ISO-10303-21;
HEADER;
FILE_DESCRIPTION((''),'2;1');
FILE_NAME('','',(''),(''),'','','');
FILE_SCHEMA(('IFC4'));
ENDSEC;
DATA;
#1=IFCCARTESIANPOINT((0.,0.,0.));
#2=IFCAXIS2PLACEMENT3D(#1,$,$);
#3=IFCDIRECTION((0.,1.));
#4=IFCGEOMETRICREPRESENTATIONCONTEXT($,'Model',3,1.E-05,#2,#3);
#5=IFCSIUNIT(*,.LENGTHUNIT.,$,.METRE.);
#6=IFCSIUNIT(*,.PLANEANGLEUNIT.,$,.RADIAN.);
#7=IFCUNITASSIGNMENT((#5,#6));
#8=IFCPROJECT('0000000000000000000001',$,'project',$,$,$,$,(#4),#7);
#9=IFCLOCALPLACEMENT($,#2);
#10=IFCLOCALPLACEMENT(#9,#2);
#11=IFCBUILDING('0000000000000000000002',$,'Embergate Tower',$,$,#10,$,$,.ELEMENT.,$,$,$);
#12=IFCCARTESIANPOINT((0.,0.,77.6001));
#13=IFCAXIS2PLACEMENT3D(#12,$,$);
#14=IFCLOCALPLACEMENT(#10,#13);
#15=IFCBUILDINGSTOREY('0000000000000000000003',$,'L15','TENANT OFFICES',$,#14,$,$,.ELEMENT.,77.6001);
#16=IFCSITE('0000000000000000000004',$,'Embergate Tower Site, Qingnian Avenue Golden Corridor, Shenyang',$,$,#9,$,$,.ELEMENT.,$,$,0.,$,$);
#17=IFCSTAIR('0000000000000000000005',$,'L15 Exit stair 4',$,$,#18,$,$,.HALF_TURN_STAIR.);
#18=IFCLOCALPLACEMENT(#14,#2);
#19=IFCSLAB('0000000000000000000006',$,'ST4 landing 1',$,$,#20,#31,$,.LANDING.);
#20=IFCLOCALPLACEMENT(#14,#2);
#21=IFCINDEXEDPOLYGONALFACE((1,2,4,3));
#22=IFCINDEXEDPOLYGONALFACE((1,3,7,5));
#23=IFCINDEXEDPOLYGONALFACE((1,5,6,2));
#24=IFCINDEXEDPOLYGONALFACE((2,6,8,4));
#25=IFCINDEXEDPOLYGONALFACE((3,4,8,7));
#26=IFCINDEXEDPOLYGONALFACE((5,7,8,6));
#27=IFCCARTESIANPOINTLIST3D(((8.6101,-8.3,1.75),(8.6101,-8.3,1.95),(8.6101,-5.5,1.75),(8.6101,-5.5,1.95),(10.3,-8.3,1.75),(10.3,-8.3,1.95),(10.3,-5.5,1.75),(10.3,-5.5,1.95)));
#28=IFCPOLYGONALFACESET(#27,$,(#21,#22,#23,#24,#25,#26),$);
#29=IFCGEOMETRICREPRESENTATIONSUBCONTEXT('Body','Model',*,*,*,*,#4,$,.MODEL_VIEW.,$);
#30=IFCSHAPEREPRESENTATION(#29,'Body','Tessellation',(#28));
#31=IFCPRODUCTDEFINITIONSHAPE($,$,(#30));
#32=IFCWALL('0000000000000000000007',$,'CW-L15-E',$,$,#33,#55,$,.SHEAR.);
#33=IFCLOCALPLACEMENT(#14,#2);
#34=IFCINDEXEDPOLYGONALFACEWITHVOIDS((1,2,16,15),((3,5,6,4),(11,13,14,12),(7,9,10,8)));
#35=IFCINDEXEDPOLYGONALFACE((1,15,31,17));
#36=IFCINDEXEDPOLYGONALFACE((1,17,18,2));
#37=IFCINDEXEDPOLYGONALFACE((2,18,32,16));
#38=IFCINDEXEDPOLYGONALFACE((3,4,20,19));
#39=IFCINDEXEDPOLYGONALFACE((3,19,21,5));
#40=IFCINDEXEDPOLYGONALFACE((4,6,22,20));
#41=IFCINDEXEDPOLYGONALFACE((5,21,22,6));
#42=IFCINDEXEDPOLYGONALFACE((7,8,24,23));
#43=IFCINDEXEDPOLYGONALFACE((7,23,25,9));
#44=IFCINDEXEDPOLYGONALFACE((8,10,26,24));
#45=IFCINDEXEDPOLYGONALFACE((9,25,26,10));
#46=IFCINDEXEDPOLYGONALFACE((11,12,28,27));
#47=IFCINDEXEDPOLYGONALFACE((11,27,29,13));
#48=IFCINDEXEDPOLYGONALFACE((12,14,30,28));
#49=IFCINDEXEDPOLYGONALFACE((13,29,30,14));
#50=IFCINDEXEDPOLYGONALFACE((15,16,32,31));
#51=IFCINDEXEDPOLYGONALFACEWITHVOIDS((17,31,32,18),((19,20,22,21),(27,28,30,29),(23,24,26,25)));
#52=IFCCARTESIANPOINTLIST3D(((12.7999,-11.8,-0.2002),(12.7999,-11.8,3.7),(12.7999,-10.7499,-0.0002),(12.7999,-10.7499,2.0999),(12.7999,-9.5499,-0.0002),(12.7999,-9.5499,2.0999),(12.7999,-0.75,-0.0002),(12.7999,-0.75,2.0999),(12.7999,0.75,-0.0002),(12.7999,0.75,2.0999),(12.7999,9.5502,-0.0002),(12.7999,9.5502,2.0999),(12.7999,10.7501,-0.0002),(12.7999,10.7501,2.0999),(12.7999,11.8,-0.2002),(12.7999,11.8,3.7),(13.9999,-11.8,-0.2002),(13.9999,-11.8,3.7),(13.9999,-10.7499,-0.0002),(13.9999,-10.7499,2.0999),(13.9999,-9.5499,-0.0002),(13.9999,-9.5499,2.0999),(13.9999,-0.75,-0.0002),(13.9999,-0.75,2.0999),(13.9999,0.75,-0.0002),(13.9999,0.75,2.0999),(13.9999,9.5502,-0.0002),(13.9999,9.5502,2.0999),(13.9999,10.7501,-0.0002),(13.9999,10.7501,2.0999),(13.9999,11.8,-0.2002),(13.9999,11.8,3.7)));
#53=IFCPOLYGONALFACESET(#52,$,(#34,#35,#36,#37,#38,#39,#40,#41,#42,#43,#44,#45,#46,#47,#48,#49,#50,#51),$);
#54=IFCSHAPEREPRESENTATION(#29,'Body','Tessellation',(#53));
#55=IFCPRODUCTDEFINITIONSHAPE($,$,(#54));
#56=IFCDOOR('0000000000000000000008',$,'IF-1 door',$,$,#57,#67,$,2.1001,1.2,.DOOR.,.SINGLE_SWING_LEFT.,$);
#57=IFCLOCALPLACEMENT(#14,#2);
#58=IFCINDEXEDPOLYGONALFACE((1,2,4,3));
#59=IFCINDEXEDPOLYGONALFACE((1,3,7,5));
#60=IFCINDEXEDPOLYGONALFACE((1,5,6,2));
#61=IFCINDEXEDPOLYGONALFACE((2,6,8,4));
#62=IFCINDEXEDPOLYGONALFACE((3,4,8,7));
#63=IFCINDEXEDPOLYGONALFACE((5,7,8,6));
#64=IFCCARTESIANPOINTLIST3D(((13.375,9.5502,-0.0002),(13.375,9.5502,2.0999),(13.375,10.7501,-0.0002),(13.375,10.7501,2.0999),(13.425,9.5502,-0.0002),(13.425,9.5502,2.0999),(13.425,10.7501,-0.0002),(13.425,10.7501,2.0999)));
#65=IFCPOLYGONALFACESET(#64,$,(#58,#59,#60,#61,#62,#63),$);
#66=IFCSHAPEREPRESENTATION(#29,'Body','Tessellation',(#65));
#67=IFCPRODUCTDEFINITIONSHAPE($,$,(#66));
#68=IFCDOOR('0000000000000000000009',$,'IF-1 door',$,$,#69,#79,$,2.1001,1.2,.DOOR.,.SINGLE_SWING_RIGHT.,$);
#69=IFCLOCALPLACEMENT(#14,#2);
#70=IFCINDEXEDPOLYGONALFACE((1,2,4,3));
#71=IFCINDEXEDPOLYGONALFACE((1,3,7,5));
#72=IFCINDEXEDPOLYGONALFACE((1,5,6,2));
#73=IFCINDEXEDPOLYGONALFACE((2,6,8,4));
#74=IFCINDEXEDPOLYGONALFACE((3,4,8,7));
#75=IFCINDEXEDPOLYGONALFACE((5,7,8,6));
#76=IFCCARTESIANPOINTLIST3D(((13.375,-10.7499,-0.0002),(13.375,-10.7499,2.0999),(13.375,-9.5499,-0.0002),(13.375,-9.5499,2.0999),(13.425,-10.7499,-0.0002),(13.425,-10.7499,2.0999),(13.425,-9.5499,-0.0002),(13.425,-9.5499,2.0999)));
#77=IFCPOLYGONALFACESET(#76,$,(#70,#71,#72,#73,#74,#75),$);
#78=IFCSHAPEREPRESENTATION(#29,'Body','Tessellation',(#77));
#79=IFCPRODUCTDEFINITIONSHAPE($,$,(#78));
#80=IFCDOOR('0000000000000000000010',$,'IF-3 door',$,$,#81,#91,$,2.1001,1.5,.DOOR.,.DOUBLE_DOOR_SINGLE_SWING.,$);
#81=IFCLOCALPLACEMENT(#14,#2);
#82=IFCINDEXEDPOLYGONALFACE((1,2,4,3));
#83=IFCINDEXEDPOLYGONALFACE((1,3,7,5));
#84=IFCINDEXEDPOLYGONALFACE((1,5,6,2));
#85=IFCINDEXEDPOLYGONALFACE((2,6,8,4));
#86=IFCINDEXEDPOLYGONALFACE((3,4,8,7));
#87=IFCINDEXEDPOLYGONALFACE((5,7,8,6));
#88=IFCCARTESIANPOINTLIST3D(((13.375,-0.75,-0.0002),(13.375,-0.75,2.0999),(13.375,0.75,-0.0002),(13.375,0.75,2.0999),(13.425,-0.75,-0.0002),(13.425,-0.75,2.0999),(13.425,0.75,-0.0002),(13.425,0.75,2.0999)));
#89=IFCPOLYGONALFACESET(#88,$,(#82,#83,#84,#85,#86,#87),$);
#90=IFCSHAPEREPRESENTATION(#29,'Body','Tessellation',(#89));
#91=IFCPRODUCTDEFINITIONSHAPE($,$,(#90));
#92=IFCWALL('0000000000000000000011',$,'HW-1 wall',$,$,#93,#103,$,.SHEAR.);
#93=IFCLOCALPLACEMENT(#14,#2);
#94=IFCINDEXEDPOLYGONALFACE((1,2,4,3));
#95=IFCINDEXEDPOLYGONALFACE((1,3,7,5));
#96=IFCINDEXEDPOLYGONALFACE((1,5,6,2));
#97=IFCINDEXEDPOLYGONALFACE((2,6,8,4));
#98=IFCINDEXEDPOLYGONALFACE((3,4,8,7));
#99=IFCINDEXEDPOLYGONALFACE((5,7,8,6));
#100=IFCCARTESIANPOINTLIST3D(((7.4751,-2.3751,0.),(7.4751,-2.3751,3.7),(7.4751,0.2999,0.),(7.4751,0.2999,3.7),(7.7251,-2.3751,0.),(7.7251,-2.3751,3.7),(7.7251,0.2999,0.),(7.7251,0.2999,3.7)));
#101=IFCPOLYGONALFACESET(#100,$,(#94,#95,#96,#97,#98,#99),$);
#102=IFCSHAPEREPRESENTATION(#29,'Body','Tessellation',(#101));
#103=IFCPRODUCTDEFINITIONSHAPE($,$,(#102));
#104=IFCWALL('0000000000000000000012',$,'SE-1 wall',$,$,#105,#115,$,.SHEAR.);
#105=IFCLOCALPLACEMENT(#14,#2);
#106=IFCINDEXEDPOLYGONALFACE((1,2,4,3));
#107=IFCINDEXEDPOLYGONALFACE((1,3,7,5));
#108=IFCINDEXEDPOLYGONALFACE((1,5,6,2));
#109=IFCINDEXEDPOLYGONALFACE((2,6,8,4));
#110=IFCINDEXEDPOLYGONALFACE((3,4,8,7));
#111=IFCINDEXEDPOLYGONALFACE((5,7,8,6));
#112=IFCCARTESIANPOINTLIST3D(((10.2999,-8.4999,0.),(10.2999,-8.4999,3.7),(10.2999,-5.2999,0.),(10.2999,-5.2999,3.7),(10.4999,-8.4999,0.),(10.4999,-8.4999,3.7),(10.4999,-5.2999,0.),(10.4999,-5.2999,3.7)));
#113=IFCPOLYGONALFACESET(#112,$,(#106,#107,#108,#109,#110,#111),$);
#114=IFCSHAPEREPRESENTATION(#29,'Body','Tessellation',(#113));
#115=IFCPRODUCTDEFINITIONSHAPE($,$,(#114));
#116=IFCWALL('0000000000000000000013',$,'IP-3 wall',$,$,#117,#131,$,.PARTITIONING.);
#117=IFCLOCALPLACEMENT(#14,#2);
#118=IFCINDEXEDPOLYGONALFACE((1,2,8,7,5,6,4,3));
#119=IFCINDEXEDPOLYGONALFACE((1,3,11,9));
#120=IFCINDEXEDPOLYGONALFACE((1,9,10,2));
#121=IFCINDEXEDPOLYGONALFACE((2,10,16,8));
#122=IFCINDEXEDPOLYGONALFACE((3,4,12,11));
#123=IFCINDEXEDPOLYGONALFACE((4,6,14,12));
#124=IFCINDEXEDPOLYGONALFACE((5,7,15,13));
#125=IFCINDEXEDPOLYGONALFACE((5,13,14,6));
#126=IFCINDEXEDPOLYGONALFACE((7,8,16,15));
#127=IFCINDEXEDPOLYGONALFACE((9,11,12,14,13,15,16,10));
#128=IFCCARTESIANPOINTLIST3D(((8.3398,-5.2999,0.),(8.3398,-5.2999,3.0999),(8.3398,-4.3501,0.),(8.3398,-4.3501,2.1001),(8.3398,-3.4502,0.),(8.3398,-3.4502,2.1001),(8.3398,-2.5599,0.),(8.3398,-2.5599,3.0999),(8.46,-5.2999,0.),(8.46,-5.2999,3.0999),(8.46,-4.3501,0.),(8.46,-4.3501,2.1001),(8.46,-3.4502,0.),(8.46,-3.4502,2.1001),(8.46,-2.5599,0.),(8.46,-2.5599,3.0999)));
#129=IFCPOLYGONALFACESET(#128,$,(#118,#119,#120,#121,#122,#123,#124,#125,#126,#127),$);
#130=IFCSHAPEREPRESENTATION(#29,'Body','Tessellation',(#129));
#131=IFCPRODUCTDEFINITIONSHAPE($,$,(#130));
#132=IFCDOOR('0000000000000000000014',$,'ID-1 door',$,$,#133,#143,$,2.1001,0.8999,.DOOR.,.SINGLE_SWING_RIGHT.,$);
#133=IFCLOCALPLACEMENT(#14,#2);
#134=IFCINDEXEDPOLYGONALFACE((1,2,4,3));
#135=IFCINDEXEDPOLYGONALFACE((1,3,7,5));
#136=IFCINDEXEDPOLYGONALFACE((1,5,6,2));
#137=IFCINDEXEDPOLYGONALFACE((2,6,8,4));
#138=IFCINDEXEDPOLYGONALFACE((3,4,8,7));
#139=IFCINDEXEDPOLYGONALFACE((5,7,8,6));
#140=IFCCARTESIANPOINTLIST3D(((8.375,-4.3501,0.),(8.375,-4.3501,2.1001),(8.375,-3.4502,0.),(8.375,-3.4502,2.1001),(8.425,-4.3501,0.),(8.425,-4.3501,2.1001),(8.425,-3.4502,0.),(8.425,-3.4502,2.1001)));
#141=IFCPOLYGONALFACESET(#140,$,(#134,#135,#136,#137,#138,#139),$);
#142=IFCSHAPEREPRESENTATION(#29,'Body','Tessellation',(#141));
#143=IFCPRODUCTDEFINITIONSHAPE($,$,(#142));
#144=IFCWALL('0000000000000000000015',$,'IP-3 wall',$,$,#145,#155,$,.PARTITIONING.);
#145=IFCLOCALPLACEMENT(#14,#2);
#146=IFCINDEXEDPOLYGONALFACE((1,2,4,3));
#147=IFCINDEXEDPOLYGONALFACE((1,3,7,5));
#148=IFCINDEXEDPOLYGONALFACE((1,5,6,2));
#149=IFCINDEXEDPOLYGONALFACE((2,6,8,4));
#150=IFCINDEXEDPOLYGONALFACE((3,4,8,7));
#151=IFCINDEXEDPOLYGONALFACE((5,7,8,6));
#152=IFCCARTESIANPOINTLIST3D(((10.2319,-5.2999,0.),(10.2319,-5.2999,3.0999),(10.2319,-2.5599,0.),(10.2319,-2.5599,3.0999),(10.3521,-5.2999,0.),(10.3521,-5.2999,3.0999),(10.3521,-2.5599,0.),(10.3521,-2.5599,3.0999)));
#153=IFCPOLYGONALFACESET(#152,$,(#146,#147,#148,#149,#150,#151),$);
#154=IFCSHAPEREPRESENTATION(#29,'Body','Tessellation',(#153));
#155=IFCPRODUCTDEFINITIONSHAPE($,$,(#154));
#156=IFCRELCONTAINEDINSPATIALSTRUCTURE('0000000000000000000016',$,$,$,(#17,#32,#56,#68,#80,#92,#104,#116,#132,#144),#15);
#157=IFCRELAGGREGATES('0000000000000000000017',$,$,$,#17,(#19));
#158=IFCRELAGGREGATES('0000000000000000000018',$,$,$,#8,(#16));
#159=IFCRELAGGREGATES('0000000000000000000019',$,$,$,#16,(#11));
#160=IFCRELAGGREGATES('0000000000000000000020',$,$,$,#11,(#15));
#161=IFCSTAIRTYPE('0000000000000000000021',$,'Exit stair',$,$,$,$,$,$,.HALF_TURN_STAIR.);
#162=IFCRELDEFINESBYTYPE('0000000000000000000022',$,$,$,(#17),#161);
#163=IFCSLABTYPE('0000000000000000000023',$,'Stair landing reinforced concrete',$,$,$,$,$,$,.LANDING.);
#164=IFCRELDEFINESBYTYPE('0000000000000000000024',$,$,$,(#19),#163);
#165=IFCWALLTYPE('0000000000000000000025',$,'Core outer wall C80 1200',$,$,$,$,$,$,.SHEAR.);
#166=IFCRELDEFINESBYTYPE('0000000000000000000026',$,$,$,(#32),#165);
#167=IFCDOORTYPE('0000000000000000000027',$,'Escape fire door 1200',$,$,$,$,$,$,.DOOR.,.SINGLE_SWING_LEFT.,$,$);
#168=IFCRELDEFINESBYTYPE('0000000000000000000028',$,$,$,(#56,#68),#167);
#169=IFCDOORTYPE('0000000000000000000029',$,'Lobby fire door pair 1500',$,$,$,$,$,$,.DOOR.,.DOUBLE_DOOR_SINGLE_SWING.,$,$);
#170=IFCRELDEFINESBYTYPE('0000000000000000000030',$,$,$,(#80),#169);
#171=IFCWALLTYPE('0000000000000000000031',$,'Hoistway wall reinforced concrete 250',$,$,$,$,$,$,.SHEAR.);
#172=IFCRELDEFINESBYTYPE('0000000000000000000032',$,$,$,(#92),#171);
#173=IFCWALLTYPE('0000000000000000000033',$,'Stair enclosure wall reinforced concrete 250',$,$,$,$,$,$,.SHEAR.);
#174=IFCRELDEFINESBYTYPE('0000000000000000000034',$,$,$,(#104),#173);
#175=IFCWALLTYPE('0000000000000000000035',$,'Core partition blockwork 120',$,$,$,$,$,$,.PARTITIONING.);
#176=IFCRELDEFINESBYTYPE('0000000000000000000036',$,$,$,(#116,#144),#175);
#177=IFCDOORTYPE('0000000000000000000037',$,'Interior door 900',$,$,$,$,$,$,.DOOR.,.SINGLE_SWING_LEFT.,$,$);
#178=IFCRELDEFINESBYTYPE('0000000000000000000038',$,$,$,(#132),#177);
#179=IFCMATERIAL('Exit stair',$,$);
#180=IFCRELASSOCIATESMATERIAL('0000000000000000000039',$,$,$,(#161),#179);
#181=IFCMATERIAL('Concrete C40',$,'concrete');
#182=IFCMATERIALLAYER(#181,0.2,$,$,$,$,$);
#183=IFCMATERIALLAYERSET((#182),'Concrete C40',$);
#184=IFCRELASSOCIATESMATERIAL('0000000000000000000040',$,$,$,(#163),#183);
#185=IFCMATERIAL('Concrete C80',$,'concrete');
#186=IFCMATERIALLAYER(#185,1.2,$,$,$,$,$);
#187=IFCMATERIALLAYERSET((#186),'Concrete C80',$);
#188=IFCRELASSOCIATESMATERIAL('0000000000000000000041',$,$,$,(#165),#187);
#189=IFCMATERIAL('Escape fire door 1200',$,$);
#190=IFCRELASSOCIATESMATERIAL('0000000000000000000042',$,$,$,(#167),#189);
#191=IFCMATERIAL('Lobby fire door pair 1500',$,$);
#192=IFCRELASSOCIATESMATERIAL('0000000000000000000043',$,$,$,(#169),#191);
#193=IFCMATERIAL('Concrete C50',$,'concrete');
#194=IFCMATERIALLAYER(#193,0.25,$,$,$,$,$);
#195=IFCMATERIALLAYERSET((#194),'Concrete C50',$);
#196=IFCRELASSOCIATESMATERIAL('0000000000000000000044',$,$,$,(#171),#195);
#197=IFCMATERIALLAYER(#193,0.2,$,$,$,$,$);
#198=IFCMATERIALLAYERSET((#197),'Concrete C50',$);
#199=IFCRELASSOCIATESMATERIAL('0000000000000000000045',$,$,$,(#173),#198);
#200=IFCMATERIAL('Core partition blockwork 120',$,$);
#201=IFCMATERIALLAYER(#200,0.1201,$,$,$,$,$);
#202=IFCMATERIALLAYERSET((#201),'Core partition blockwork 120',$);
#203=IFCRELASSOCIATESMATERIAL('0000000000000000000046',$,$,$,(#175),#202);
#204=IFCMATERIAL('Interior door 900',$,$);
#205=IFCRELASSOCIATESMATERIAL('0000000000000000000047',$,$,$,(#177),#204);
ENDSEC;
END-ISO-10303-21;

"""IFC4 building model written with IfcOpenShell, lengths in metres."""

from ifc_helpers import new_model, si_unit, direction, frame, frame_2d, origin, place, context, subcontext, project, spatial, polyline, rectangle, outline, extrude, source, transform, mapped, material, layer, layer_set, type_object, element, fill, aggregate, save


model = new_model("IFC4")

# Units and contexts
model_context = context("Model", 3, precision=1e-05, world=origin(), true_north=direction((0.0, 1.0)))
body_context = subcontext(model_context, "Body", "Model", "MODEL_VIEW")
ifc_project = project(units=[si_unit("LENGTHUNIT", "METRE"), si_unit("PLANEANGLEUNIT", "RADIAN")], contexts=[model_context])

# Site, building, storey
site_placement = place(None, origin())
site = spatial("IfcSite", under=ifc_project, at=site_placement, Name="Embergate Tower Site, Qingnian Avenue Golden Corridor, Shenyang", CompositionType="ELEMENT", RefElevation=0.0)
building_placement = place(site_placement, origin())
building = spatial("IfcBuilding", under=site, at=building_placement, Name="Embergate Tower", CompositionType="ELEMENT")
storey_placement = place(building_placement, frame((0.0, 0.0, 77.6001)))
storey = spatial("IfcBuildingStorey", under=building, at=storey_placement, Name="L15", Description="TENANT OFFICES", CompositionType="ELEMENT", Elevation=77.6001)

# Stair, slab
ifc_material_1 = material(Name="Exit stair")
stair_type = type_object("IfcStairType", Name="Exit stair", PredefinedType="HALF_TURN_STAIR", material=ifc_material_1)
stair_placement = place(storey_placement, origin())
stair = element("IfcStair", 1, at=stair_placement, inside=storey, type_object=stair_type, Name="L15 Exit stair 4", PredefinedType="HALF_TURN_STAIR")
ifc_material_2 = material(Name="Concrete C40", Category="concrete")
ifc_layer_1 = layer(ifc_material_2, 0.2)
ifc_layer_set_1 = layer_set([ifc_layer_1], Name="Concrete C40")
slab_type = type_object("IfcSlabType", Name="Stair landing reinforced concrete", PredefinedType="LANDING", material=ifc_layer_set_1)
shared_shape_1 = source(origin(), body_context, "Body", "SweptSolid", [
    extrude(outline(polyline([(0.0, 0.0), (1.6899, 0.0), (1.6899, 2.8), (0.0, 2.8), (0.0, 0.0)])), origin(), (0.0, 0.0, 1.0), 0.2),
])
slab_placement = place(storey_placement, frame((8.6101, -8.3, 1.75)))
slab = element("IfcSlab", 2, at=slab_placement, type_object=slab_type, Name="ST4 landing 1", PredefinedType="LANDING", context=body_context, shape_type="MappedRepresentation", body=[
    mapped(shared_shape_1, transform((0.0, 0.0, 0.0))),
])

# Wall, openings, doors
ifc_material_3 = material(Name="Concrete C80", Category="concrete")
ifc_layer_2 = layer(ifc_material_3, 1.2)
ifc_layer_set_2 = layer_set([ifc_layer_2], Name="Concrete C80")
wall_type_1 = type_object("IfcWallType", Name="Core outer wall C80 1200", PredefinedType="SHEAR", material=ifc_layer_set_2)
shared_shape_2 = source(origin(), body_context, "Body", "SweptSolid", [
    extrude(rectangle(XDim=23.6001, YDim=1.2, at=frame_2d((11.8, 0.0))), origin(), (0.0, 0.0, 1.0), 3.9001),
])
wall_1_placement = place(storey_placement, frame((13.3999, -11.8, -0.2002), z_axis=(0.0, 0.0, 1.0), x_axis=(0.0, 1.0, 0.0)))
wall_1 = element("IfcWall", 3, at=wall_1_placement, inside=storey, type_object=wall_type_1, Name="CW-L15-E", PredefinedType="SHEAR", context=body_context, shape_type="MappedRepresentation", body=[
    mapped(shared_shape_2, transform((0.0, 0.0, 0.0))),
])
shared_shape_3 = source(origin(), body_context, "Body", "SweptSolid", [
    extrude(rectangle(XDim=1.2, YDim=2.1001, at=frame_2d((0.6001, 1.05))), frame((0.0, 0.6099, 0.0), z_axis=(0.0, -1.0, 0.0), x_axis=(1.0, 0.0, 0.0)), (0.0, 0.0, 1.0), 1.22),
])
opening_1_placement = place(wall_1_placement, frame((21.3501, 0.0, 0.2)))
opening_1 = element("IfcOpeningElement", 4, at=opening_1_placement, cuts=wall_1, PredefinedType="OPENING", context=body_context, shape_type="MappedRepresentation", body=[
    mapped(shared_shape_3, transform((0.0, 0.0, 0.0))),
])
opening_2_placement = place(wall_1_placement, frame((1.05, 0.0, 0.2)))
opening_2 = element("IfcOpeningElement", 5, at=opening_2_placement, cuts=wall_1, PredefinedType="OPENING", context=body_context, shape_type="MappedRepresentation", body=[
    mapped(shared_shape_3, transform((0.0, 0.0, 0.0))),
])
shared_shape_4 = source(origin(), body_context, "Body", "SweptSolid", [
    extrude(rectangle(XDim=1.5, YDim=2.1001, at=frame_2d((0.75, 1.05))), frame((0.0, 0.6099, 0.0), z_axis=(0.0, -1.0, 0.0), x_axis=(1.0, 0.0, 0.0)), (0.0, 0.0, 1.0), 1.22),
])
opening_3_placement = place(wall_1_placement, frame((11.05, 0.0, 0.2)))
opening_3 = element("IfcOpeningElement", 6, at=opening_3_placement, cuts=wall_1, PredefinedType="OPENING", context=body_context, shape_type="MappedRepresentation", body=[
    mapped(shared_shape_4, transform((0.0, 0.0, 0.0))),
])
ifc_material_4 = material(Name="Escape fire door 1200")
door_type_1 = type_object("IfcDoorType", Name="Escape fire door 1200", OperationType="SINGLE_SWING_LEFT", PredefinedType="DOOR", material=ifc_material_4)
shared_shape_5 = source(origin(), body_context, "Body", "SweptSolid", [
    extrude(rectangle(XDim=1.2, YDim=2.1001, at=frame_2d((0.6001, 1.05))), frame((0.0, 0.0249, 0.0), z_axis=(0.0, -1.0, 0.0), x_axis=(1.0, 0.0, 0.0)), (0.0, 0.0, 1.0), 0.05),
])
door_1_placement = place(opening_1_placement, origin())
door_1 = element("IfcDoor", 7, at=door_1_placement, inside=storey, type_object=door_type_1, Name="IF-1 door", OperationType="SINGLE_SWING_LEFT", OverallHeight=2.1001, OverallWidth=1.2, PredefinedType="DOOR", context=body_context, shape_type="MappedRepresentation", body=[
    mapped(shared_shape_5, transform((0.0, 0.0, 0.0))),
])
fill(opening_1, door_1)
door_2_placement = place(opening_2_placement, origin())
door_2 = element("IfcDoor", 8, at=door_2_placement, inside=storey, type_object=door_type_1, Name="IF-1 door", OperationType="SINGLE_SWING_RIGHT", OverallHeight=2.1001, OverallWidth=1.2, PredefinedType="DOOR", context=body_context, shape_type="MappedRepresentation", body=[
    mapped(shared_shape_5, transform((0.0, 0.0, 0.0))),
])
fill(opening_2, door_2)
ifc_material_5 = material(Name="Lobby fire door pair 1500")
door_type_2 = type_object("IfcDoorType", Name="Lobby fire door pair 1500", OperationType="DOUBLE_DOOR_SINGLE_SWING", PredefinedType="DOOR", material=ifc_material_5)
shared_shape_6 = source(origin(), body_context, "Body", "SweptSolid", [
    extrude(rectangle(XDim=1.5, YDim=2.1001, at=frame_2d((0.75, 1.05))), frame((0.0, 0.0249, 0.0), z_axis=(0.0, -1.0, 0.0), x_axis=(1.0, 0.0, 0.0)), (0.0, 0.0, 1.0), 0.05),
])
door_3_placement = place(opening_3_placement, origin())
door_3 = element("IfcDoor", 9, at=door_3_placement, inside=storey, type_object=door_type_2, Name="IF-3 door", OperationType="DOUBLE_DOOR_SINGLE_SWING", OverallHeight=2.1001, OverallWidth=1.5, PredefinedType="DOOR", context=body_context, shape_type="MappedRepresentation", body=[
    mapped(shared_shape_6, transform((0.0, 0.0, 0.0))),
])
fill(opening_3, door_3)

# Walls
ifc_material_6 = material(Name="Concrete C50", Category="concrete")
ifc_layer_3 = layer(ifc_material_6, 0.25)
ifc_layer_set_3 = layer_set([ifc_layer_3], Name="Concrete C50")
wall_type_2 = type_object("IfcWallType", Name="Hoistway wall reinforced concrete 250", PredefinedType="SHEAR", material=ifc_layer_set_3)
shared_shape_7 = source(origin(), body_context, "Body", "SweptSolid", [
    extrude(rectangle(XDim=2.675, YDim=0.25, at=frame_2d((1.3374, 0.0))), origin(), (0.0, 0.0, 1.0), 3.7),
])
wall_2_placement = place(storey_placement, frame((7.6001, -2.375, 0.0), z_axis=(0.0, 0.0, 1.0), x_axis=(0.0, 1.0, 0.0)))
element("IfcWall", 10, at=wall_2_placement, inside=storey, type_object=wall_type_2, Name="HW-1 wall", PredefinedType="SHEAR", context=body_context, shape_type="MappedRepresentation", body=[
    mapped(shared_shape_7, transform((0.0, 0.0, 0.0))),
])
ifc_layer_4 = layer(ifc_material_6, 0.2)
ifc_layer_set_4 = layer_set([ifc_layer_4], Name="Concrete C50")
wall_type_3 = type_object("IfcWallType", Name="Stair enclosure wall reinforced concrete 250", PredefinedType="SHEAR", material=ifc_layer_set_4)
shared_shape_8 = source(origin(), body_context, "Body", "SweptSolid", [
    extrude(rectangle(XDim=3.2, YDim=0.2, at=frame_2d((1.6001, 0.0))), origin(), (0.0, 0.0, 1.0), 3.7),
])
wall_3_placement = place(storey_placement, frame((10.3999, -8.5, 0.0), z_axis=(0.0, 0.0, 1.0), x_axis=(0.0, 1.0, 0.0)))
element("IfcWall", 11, at=wall_3_placement, inside=storey, type_object=wall_type_3, Name="SE-1 wall", PredefinedType="SHEAR", context=body_context, shape_type="MappedRepresentation", body=[
    mapped(shared_shape_8, transform((0.0, 0.0, 0.0))),
])

# Wall, opening, door
ifc_material_7 = material(Name="Core partition blockwork 120")
ifc_layer_5 = layer(ifc_material_7, 0.1201)
ifc_layer_set_5 = layer_set([ifc_layer_5], Name="Core partition blockwork 120")
wall_type_4 = type_object("IfcWallType", Name="Core partition blockwork 120", PredefinedType="PARTITIONING", material=ifc_layer_set_5)
shared_shape_9 = source(origin(), body_context, "Body", "SweptSolid", [
    extrude(rectangle(XDim=2.74, YDim=0.1201, at=frame_2d((1.3701, 0.0))), origin(), (0.0, 0.0, 1.0), 3.0999),
])
wall_4_placement = place(storey_placement, frame((8.3999, -5.3, 0.0), z_axis=(0.0, 0.0, 1.0), x_axis=(0.0, 1.0, 0.0)))
wall_4 = element("IfcWall", 12, at=wall_4_placement, inside=storey, type_object=wall_type_4, Name="IP-3 wall", PredefinedType="PARTITIONING", context=body_context, shape_type="MappedRepresentation", body=[
    mapped(shared_shape_9, transform((0.0, 0.0, 0.0))),
])
shared_shape_10 = source(origin(), body_context, "Body", "SweptSolid", [
    extrude(rectangle(XDim=0.8999, YDim=2.1001, at=frame_2d((0.45, 1.05))), frame((0.0, 0.0701, 0.0), z_axis=(0.0, -1.0, 0.0), x_axis=(1.0, 0.0, 0.0)), (0.0, 0.0, 1.0), 0.1401),
])
opening_4_placement = place(wall_4_placement, frame((0.95, 0.0, 0.0)))
opening_4 = element("IfcOpeningElement", 13, at=opening_4_placement, cuts=wall_4, PredefinedType="OPENING", context=body_context, shape_type="MappedRepresentation", body=[
    mapped(shared_shape_10, transform((0.0, 0.0, 0.0))),
])
ifc_material_8 = material(Name="Interior door 900")
door_type_3 = type_object("IfcDoorType", Name="Interior door 900", OperationType="SINGLE_SWING_LEFT", PredefinedType="DOOR", material=ifc_material_8)
shared_shape_11 = source(origin(), body_context, "Body", "SweptSolid", [
    extrude(rectangle(XDim=0.8999, YDim=2.1001, at=frame_2d((0.45, 1.05))), frame((0.0, 0.0249, 0.0), z_axis=(0.0, -1.0, 0.0), x_axis=(1.0, 0.0, 0.0)), (0.0, 0.0, 1.0), 0.05),
])
door_4_placement = place(opening_4_placement, origin())
door_4 = element("IfcDoor", 14, at=door_4_placement, inside=storey, type_object=door_type_3, Name="ID-1 door", OperationType="SINGLE_SWING_RIGHT", OverallHeight=2.1001, OverallWidth=0.8999, PredefinedType="DOOR", context=body_context, shape_type="MappedRepresentation", body=[
    mapped(shared_shape_11, transform((0.0, 0.0, 0.0))),
])
fill(opening_4, door_4)

# Wall
wall_5_placement = place(storey_placement, frame((10.292, -5.3, 0.0), z_axis=(0.0, 0.0, 1.0), x_axis=(0.0, 1.0, 0.0)))
element("IfcWall", 15, at=wall_5_placement, inside=storey, type_object=wall_type_4, Name="IP-3 wall", PredefinedType="PARTITIONING", context=body_context, shape_type="MappedRepresentation", body=[
    mapped(shared_shape_9, transform((0.0, 0.0, 0.0))),
])

aggregate(stair, [slab])

save(model, "model.ifc")
